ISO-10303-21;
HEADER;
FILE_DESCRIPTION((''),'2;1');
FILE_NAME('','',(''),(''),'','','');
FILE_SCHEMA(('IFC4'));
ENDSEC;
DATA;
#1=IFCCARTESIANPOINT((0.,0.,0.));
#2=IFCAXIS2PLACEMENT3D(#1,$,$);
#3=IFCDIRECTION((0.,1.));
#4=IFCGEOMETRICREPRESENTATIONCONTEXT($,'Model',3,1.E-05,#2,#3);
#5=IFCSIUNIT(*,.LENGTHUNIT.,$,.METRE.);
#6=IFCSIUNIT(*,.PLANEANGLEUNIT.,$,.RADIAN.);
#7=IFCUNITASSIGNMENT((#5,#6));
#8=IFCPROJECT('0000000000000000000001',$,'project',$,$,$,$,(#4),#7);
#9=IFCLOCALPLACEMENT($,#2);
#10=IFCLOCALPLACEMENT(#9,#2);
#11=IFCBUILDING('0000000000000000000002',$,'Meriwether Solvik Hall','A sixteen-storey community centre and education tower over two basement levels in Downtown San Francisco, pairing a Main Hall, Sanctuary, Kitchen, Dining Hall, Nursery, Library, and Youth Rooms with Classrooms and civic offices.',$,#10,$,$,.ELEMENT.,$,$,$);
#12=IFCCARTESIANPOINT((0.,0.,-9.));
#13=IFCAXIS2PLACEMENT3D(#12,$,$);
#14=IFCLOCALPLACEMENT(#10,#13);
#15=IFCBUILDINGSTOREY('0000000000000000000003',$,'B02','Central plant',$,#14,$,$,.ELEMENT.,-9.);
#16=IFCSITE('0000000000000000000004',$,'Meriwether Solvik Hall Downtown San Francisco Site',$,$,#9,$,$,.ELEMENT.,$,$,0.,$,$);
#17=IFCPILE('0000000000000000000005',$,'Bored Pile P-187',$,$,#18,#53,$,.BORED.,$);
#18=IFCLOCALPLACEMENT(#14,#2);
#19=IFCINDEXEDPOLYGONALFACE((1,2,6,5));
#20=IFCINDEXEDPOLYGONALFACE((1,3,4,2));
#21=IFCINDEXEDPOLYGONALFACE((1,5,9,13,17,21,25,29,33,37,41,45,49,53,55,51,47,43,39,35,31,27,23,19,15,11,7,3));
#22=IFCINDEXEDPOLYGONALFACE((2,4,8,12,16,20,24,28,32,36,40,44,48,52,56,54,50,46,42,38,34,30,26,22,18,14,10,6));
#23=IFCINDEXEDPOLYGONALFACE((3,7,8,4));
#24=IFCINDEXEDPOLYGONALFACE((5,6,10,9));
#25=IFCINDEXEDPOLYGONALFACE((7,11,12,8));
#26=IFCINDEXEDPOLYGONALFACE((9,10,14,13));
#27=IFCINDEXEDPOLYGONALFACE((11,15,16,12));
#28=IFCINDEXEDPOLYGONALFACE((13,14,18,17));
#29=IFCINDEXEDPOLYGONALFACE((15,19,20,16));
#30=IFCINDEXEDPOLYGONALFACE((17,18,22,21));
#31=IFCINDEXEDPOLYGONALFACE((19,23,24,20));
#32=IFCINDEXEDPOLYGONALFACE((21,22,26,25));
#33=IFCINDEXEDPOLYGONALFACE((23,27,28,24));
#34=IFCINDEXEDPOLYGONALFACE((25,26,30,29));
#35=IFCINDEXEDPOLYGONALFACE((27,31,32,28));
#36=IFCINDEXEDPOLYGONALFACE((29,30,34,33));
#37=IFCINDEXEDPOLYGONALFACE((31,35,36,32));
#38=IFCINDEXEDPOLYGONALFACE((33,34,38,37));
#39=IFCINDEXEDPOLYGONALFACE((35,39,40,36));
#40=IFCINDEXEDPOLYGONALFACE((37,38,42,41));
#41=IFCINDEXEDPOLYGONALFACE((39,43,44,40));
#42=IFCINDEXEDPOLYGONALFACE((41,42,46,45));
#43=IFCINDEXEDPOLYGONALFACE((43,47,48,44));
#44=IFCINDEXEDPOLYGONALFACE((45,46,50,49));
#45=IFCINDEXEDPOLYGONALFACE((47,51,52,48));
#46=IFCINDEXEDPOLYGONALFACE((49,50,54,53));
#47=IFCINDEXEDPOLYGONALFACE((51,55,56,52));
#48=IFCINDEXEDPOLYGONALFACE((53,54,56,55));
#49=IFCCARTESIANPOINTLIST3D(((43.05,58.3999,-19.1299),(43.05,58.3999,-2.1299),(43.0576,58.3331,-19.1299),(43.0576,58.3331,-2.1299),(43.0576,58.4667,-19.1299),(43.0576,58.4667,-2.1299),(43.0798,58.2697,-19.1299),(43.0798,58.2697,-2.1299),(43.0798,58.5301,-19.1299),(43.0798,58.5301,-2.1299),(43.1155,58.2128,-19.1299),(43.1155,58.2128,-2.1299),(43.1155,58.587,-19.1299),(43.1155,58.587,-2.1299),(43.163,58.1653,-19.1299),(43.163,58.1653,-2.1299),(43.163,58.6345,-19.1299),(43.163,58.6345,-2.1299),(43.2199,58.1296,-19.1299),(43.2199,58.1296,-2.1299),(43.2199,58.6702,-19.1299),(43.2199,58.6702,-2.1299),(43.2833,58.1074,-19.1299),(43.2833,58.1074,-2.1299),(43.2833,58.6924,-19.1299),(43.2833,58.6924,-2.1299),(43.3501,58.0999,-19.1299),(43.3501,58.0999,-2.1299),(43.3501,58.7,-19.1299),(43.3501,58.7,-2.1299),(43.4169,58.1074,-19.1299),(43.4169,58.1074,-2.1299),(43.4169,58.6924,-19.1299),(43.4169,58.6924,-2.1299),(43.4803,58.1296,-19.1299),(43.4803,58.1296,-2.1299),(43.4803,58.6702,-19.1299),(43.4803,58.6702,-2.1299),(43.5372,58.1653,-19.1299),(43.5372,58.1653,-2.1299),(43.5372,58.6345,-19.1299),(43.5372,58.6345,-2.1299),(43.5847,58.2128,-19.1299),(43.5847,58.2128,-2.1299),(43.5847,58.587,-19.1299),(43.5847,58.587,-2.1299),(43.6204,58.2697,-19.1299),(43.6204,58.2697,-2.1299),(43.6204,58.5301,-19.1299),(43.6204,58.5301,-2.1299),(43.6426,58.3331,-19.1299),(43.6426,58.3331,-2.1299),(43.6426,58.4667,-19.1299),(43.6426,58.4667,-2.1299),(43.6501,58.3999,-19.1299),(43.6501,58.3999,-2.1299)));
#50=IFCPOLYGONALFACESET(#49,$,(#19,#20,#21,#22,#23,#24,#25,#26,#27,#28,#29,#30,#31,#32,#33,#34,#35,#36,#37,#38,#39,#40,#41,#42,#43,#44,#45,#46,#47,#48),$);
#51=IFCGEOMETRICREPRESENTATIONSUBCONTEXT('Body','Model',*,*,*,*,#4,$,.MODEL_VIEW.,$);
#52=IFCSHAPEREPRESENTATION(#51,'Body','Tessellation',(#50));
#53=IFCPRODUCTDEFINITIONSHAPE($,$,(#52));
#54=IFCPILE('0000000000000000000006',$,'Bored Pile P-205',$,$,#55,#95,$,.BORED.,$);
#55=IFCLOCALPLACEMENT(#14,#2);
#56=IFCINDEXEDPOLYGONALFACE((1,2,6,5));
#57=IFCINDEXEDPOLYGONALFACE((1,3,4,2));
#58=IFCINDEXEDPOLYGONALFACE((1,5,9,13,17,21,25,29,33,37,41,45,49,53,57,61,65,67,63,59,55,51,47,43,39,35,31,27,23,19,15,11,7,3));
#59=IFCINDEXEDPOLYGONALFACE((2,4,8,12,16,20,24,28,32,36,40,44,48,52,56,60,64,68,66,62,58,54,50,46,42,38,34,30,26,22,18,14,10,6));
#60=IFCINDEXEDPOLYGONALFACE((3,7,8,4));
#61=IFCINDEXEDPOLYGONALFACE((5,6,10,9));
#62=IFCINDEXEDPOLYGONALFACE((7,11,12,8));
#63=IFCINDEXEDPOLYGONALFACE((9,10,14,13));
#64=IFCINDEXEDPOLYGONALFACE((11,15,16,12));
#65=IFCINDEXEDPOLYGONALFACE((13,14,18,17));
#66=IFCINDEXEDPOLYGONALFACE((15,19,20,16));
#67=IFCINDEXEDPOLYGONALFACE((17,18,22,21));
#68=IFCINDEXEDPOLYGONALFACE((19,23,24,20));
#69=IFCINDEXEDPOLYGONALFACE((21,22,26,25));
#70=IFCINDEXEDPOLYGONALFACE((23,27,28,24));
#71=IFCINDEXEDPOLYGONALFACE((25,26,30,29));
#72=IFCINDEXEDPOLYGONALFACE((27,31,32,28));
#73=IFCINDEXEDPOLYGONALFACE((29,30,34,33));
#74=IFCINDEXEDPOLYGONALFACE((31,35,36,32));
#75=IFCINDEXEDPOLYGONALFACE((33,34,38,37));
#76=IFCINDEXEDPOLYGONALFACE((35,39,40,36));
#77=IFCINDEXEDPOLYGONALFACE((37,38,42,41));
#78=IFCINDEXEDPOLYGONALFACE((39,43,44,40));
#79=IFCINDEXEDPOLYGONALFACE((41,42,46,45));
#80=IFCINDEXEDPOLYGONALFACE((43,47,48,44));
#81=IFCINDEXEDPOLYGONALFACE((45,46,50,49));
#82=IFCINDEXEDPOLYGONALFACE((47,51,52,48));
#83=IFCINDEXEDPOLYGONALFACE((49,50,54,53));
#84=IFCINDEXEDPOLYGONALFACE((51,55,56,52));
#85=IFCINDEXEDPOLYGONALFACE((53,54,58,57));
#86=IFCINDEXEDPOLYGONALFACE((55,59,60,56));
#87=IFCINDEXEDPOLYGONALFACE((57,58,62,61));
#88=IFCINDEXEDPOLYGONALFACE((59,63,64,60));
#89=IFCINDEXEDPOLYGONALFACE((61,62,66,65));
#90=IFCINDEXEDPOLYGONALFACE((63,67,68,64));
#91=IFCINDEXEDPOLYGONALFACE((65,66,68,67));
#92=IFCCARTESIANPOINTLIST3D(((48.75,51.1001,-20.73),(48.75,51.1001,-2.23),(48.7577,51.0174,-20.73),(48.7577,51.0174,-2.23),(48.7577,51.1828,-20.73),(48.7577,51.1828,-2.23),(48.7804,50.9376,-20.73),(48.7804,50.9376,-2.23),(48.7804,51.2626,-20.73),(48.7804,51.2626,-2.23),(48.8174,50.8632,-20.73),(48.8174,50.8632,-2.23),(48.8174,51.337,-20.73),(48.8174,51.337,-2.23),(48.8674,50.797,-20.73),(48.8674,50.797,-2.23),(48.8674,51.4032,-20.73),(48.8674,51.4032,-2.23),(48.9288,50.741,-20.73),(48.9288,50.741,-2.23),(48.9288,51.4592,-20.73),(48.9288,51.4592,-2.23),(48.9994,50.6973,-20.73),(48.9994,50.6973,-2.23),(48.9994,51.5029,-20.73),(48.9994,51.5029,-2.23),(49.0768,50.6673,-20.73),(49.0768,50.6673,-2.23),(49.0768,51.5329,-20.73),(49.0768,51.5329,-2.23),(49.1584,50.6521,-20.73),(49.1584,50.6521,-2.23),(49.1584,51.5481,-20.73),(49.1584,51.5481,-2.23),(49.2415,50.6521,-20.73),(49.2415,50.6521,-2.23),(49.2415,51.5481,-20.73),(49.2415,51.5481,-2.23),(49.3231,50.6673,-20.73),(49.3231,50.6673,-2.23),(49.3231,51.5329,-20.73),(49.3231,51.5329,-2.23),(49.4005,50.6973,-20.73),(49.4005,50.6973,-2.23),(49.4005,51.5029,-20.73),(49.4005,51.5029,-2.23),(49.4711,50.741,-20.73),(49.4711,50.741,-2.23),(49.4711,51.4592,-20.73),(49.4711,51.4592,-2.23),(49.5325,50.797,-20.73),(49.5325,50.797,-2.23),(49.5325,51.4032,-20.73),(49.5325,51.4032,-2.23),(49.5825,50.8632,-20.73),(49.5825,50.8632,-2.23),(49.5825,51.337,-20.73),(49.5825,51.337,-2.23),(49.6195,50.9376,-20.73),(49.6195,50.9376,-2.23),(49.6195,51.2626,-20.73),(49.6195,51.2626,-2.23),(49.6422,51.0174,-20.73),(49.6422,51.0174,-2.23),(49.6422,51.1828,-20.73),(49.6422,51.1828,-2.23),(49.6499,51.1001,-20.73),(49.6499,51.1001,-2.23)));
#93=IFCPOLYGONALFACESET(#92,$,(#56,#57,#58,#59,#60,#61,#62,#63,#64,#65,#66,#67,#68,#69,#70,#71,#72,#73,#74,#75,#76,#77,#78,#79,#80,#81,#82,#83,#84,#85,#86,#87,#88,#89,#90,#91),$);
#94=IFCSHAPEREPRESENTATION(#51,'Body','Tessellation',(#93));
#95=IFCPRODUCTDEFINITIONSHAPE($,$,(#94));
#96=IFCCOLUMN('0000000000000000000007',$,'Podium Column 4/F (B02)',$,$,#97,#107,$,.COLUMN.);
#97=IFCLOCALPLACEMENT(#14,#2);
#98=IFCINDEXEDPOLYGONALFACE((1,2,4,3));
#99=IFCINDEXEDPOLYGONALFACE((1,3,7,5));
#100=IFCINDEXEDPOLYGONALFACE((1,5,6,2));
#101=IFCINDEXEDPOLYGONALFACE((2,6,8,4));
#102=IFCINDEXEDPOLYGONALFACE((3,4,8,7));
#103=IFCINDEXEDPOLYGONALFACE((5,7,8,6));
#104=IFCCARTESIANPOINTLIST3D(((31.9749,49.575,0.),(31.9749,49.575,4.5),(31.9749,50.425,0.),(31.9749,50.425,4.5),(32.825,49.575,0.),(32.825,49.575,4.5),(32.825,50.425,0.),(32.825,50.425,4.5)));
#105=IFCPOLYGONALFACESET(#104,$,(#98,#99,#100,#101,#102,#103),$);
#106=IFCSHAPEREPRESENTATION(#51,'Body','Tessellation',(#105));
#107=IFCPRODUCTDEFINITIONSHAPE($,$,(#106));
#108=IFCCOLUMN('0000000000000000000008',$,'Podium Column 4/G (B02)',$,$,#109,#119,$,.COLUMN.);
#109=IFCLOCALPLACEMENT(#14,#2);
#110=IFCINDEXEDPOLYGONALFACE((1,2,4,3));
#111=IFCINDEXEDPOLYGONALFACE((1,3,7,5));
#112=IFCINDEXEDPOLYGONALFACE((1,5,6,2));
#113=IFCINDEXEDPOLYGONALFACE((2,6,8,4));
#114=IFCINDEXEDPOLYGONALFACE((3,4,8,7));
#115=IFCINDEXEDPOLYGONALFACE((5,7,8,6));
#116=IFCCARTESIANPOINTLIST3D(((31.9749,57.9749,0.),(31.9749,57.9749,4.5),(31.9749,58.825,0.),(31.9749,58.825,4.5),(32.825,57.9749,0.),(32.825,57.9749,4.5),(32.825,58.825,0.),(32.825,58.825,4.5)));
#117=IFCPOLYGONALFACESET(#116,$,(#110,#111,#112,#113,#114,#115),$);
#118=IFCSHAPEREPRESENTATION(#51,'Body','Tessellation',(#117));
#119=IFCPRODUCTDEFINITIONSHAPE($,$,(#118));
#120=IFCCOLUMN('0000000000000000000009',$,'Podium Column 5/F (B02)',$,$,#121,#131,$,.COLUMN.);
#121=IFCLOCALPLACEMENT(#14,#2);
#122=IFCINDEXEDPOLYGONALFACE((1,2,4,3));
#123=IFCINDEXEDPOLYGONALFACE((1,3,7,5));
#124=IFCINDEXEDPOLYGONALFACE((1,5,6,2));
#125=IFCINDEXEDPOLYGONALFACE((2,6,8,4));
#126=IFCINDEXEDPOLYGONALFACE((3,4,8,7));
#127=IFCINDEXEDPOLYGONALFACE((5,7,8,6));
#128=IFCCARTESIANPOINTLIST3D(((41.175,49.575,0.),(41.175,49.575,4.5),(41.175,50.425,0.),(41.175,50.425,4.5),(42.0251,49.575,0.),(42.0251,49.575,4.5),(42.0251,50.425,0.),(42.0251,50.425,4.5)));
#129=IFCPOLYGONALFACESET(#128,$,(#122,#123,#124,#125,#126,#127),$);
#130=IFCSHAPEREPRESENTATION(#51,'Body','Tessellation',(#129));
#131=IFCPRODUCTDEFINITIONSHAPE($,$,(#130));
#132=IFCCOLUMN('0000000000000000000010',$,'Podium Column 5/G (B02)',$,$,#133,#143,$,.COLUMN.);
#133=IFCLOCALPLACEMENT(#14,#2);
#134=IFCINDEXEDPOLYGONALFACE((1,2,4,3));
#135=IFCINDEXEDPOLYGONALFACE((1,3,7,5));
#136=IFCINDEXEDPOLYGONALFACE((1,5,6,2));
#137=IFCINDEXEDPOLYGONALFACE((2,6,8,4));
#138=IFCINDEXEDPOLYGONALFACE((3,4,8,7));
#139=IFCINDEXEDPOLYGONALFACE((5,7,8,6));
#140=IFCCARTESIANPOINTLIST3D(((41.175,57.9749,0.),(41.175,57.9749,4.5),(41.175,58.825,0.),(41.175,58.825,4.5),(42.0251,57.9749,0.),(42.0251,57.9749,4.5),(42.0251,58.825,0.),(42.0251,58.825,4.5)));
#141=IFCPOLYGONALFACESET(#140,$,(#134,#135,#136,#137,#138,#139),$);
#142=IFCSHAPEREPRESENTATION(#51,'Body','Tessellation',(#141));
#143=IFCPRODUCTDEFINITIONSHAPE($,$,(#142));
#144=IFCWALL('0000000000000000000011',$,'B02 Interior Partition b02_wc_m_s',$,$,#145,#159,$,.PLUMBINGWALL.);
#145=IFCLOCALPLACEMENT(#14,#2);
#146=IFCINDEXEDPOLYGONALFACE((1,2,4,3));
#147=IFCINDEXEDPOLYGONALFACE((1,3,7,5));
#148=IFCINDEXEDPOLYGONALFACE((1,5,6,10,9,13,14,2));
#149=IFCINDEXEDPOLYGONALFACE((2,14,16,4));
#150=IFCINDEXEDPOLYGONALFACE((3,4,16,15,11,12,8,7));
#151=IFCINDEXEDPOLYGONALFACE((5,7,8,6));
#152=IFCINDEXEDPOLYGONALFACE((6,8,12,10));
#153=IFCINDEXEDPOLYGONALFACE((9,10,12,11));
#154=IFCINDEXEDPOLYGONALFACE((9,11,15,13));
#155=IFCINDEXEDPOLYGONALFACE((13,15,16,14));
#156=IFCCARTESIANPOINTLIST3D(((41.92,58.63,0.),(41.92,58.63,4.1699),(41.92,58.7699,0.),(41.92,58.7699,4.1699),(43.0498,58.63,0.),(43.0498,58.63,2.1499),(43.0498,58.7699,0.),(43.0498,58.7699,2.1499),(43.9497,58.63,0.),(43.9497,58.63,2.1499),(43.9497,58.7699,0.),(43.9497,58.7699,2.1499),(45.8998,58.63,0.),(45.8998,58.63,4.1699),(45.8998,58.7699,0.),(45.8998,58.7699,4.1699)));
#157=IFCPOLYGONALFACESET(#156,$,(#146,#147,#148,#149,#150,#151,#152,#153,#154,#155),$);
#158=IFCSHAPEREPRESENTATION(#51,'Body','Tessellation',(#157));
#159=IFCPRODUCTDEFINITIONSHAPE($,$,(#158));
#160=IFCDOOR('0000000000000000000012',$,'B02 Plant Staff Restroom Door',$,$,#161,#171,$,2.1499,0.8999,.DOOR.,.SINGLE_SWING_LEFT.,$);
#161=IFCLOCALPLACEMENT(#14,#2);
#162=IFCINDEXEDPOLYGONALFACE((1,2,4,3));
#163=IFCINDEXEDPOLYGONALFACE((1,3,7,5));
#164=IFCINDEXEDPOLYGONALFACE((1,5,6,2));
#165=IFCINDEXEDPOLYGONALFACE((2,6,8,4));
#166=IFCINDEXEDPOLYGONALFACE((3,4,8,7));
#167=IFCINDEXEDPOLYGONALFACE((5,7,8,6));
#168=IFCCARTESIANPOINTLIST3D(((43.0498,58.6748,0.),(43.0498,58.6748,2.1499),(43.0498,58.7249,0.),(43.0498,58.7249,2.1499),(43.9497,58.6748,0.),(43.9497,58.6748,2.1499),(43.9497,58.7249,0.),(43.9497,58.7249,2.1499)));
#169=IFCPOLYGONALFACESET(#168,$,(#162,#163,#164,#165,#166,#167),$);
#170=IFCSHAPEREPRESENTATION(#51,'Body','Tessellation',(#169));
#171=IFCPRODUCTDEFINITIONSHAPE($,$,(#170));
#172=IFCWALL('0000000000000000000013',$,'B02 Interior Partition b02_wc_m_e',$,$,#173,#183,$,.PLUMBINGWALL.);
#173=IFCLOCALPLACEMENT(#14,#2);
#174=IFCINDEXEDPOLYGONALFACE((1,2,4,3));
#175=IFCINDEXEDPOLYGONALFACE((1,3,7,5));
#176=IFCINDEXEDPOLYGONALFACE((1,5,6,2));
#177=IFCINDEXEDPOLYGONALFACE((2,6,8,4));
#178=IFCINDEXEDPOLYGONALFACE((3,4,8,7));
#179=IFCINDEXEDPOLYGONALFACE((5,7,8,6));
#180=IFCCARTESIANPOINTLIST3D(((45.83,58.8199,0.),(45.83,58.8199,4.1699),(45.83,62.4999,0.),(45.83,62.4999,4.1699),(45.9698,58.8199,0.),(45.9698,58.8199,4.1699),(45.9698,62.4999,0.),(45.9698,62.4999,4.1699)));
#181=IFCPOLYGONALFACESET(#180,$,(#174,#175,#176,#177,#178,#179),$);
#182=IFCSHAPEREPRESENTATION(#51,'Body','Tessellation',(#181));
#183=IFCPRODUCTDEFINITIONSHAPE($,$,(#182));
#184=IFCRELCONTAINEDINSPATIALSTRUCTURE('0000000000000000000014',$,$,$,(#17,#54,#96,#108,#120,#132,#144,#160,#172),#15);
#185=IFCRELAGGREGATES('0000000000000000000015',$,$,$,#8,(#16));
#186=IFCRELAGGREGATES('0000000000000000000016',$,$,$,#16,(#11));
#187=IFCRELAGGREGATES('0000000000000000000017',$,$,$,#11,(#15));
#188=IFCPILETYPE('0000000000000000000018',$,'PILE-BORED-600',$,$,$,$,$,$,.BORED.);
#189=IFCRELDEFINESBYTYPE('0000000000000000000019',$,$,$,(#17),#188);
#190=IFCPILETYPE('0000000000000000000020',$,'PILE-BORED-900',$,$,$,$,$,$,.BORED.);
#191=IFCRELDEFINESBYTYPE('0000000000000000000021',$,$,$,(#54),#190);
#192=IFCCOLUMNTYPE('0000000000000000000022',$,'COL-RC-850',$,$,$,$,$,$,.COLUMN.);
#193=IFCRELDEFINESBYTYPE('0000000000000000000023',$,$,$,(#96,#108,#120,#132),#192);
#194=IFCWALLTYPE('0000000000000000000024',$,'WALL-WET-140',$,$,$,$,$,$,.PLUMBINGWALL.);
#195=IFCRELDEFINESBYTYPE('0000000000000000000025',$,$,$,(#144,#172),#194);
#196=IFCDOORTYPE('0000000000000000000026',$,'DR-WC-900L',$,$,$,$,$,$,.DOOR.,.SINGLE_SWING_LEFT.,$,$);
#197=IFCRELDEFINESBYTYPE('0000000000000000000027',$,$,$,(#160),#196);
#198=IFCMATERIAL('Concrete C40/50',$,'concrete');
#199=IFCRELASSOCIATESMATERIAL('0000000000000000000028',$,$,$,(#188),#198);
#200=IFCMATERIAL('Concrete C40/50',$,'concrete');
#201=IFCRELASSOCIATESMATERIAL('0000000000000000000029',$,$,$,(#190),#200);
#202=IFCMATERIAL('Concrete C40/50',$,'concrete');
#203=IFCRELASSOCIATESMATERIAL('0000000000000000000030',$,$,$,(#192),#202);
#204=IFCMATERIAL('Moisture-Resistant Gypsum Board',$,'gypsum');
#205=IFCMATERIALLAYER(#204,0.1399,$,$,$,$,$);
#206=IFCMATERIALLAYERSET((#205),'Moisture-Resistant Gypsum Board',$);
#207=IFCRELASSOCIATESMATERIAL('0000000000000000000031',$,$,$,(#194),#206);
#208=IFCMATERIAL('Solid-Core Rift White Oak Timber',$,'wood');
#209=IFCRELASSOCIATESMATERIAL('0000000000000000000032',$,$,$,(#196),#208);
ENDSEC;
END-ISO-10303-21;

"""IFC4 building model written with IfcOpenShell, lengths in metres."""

from ifc_helpers import new_model, si_unit, direction, frame, frame_2d, origin, origin_2d, place, context, subcontext, project, spatial, rectangle, circle, extrude, material, layer, layer_set, material_profile, profile_set, type_object, element, fill, save


model = new_model("IFC4")

# Units and contexts
model_context = context("Model", 3, precision=1e-05, world=origin(), true_north=direction((0.0, 1.0)))
body_context = subcontext(model_context, "Body", "Model", "MODEL_VIEW")
ifc_project = project(units=[si_unit("LENGTHUNIT", "METRE"), si_unit("PLANEANGLEUNIT", "RADIAN")], contexts=[model_context])

# Site, building, storey
site_placement = place(None, origin())
site = spatial("IfcSite", under=ifc_project, at=site_placement, Name="Meriwether Solvik Hall Downtown San Francisco Site", CompositionType="ELEMENT", RefElevation=0.0)
building_placement = place(site_placement, origin())
building = spatial("IfcBuilding", under=site, at=building_placement, Name="Meriwether Solvik Hall", Description="A sixteen-storey community centre and education tower over two basement levels in Downtown San Francisco, pairing a Main Hall, Sanctuary, Kitchen, Dining Hall, Nursery, Library, and Youth Rooms with Classrooms and civic offices.", CompositionType="ELEMENT")
storey_placement = place(building_placement, frame((0.0, 0.0, -9.0)))
storey = spatial("IfcBuildingStorey", under=building, at=storey_placement, Name="B02", Description="Central plant", CompositionType="ELEMENT", Elevation=-9.0)

# Piles
ifc_material_1 = material(Name="Concrete C40/50", Category="concrete")
ifc_material_profile_1 = material_profile(ifc_material_1, circle(Radius=0.3, at=origin_2d()), Name="PILE-D600")
ifc_profile_set_1 = profile_set([ifc_material_profile_1], Name="Concrete C40/50")
pile_type_1 = type_object("IfcPileType", Name="PILE-BORED-600", PredefinedType="BORED", material=ifc_profile_set_1)
for number, where, z_axis, x_axis, name in (
    (1, (43.3501, 58.3999, -2.1299), (0.0, 0.0, -1.0), (1.0, 0.0, 0.0), "Bored Pile P-187"),
):
    element("IfcPile", number, at=place(storey_placement, frame(where, z_axis=z_axis, x_axis=x_axis)), inside=storey, type_object=pile_type_1, Name=name, PredefinedType="BORED", context=body_context, shape_type="SweptSolid", body=[
        extrude(circle(Radius=0.3, at=origin_2d()), origin(), (0.0, 0.0, 1.0), 17.0),
    ])
ifc_material_2 = material(Name="Concrete C40/50", Category="concrete")
ifc_material_profile_2 = material_profile(ifc_material_2, circle(Radius=0.45, at=origin_2d()), Name="PILE-D900")
ifc_profile_set_2 = profile_set([ifc_material_profile_2], Name="Concrete C40/50")
pile_type_2 = type_object("IfcPileType", Name="PILE-BORED-900", PredefinedType="BORED", material=ifc_profile_set_2)
pile_placement = place(storey_placement, frame((49.2, 51.1001, -2.23), z_axis=(0.0, 0.0, -1.0), x_axis=(1.0, 0.0, 0.0)))
element("IfcPile", 2, at=pile_placement, inside=storey, type_object=pile_type_2, Name="Bored Pile P-205", PredefinedType="BORED", context=body_context, shape_type="SweptSolid", body=[
    extrude(circle(Radius=0.45, at=origin_2d()), origin(), (0.0, 0.0, 1.0), 18.5),
])

# Columns
ifc_material_3 = material(Name="Concrete C40/50", Category="concrete")
ifc_material_profile_3 = material_profile(ifc_material_3, rectangle(XDim=0.8501, YDim=0.8501, at=origin_2d()), Name="RCC-850X850")
ifc_profile_set_3 = profile_set([ifc_material_profile_3], Name="Concrete C40/50")
column_type = type_object("IfcColumnType", Name="COL-RC-850", PredefinedType="COLUMN", material=ifc_profile_set_3)
for number, where, z_axis, x_axis, name in (
    (3, (32.3999, 50.0, 0.0), (0.0, 0.0, 1.0), (1.0, 0.0, 0.0), "Podium Column 4/F (B02)"),
    (4, (32.3999, 58.3999, 0.0), (0.0, 0.0, 1.0), (1.0, 0.0, 0.0), "Podium Column 4/G (B02)"),
    (5, (41.6001, 50.0, 0.0), (0.0, 0.0, 1.0), (1.0, 0.0, 0.0), "Podium Column 5/F (B02)"),
    (6, (41.6001, 58.3999, 0.0), (0.0, 0.0, 1.0), (1.0, 0.0, 0.0), "Podium Column 5/G (B02)"),
):
    element("IfcColumn", number, at=place(storey_placement, frame(where, z_axis=z_axis, x_axis=x_axis)), inside=storey, type_object=column_type, Name=name, PredefinedType="COLUMN", context=body_context, shape_type="SweptSolid", body=[
        extrude(rectangle(XDim=0.8501, YDim=0.8501, at=origin_2d()), origin(), (0.0, 0.0, 1.0), 4.5),
    ])

# Wall, opening, door
ifc_material_4 = material(Name="Moisture-Resistant Gypsum Board", Category="gypsum")
ifc_layer_1 = layer(ifc_material_4, 0.1399)
ifc_layer_set_1 = layer_set([ifc_layer_1], Name="Moisture-Resistant Gypsum Board")
wall_type = type_object("IfcWallType", Name="WALL-WET-140", PredefinedType="PLUMBINGWALL", material=ifc_layer_set_1)
wall_1_placement = place(storey_placement, frame((41.9202, 58.7, 0.0), z_axis=(0.0, 0.0, 1.0), x_axis=(1.0, 0.0, 0.0)))
wall_1 = element("IfcWall", 7, at=wall_1_placement, inside=storey, type_object=wall_type, Name="B02 Interior Partition b02_wc_m_s", PredefinedType="PLUMBINGWALL", context=body_context, shape_type="SweptSolid", body=[
    extrude(rectangle(XDim=3.9797, YDim=0.1399, at=frame_2d((1.9897, 0.0))), origin(), (0.0, 0.0, 1.0), 4.1699),
])
opening_1_placement = place(wall_1_placement, frame((1.1296, 0.0, 0.0)))
opening_1 = element("IfcOpeningElement", 8, at=opening_1_placement, cuts=wall_1, PredefinedType="OPENING", context=body_context, shape_type="SweptSolid", body=[
    extrude(rectangle(XDim=0.8999, YDim=2.1499, at=frame_2d((0.45, 1.075))), frame((0.0, 0.082, 0.0), z_axis=(0.0, -1.0, 0.0), x_axis=(1.0, 0.0, 0.0)), (0.0, 0.0, 1.0), 0.1638),
])
ifc_material_5 = material(Name="Solid-Core Rift White Oak Timber", Category="wood")
door_type_1 = type_object("IfcDoorType", Name="DR-WC-900L", OperationType="SINGLE_SWING_LEFT", PredefinedType="DOOR", material=ifc_material_5)
door_1_placement = place(opening_1_placement, origin())
door_1 = element("IfcDoor", 9, at=door_1_placement, inside=storey, type_object=door_type_1, Name="B02 Plant Staff Restroom Door", OperationType="SINGLE_SWING_LEFT", OverallHeight=2.1499, OverallWidth=0.8999, PredefinedType="DOOR", context=body_context, shape_type="SweptSolid", body=[
    extrude(rectangle(XDim=0.8999, YDim=2.1499, at=frame_2d((0.45, 1.075))), frame((0.0, 0.0249, 0.0), z_axis=(0.0, -1.0, 0.0), x_axis=(1.0, 0.0, 0.0)), (0.0, 0.0, 1.0), 0.05),
])
fill(opening_1, door_1)

# Wall
wall_2_placement = place(storey_placement, frame((45.8999, 58.8201, 0.0), z_axis=(0.0, 0.0, 1.0), x_axis=(0.0, 1.0, 0.0)))
element("IfcWall", 10, at=wall_2_placement, inside=storey, type_object=wall_type, Name="B02 Interior Partition b02_wc_m_e", PredefinedType="PLUMBINGWALL", context=body_context, shape_type="SweptSolid", body=[
    extrude(rectangle(XDim=3.6799, YDim=0.1399, at=frame_2d((1.8398, 0.0))), origin(), (0.0, 0.0, 1.0), 4.1699),
])

save(model, "model.ifc")
